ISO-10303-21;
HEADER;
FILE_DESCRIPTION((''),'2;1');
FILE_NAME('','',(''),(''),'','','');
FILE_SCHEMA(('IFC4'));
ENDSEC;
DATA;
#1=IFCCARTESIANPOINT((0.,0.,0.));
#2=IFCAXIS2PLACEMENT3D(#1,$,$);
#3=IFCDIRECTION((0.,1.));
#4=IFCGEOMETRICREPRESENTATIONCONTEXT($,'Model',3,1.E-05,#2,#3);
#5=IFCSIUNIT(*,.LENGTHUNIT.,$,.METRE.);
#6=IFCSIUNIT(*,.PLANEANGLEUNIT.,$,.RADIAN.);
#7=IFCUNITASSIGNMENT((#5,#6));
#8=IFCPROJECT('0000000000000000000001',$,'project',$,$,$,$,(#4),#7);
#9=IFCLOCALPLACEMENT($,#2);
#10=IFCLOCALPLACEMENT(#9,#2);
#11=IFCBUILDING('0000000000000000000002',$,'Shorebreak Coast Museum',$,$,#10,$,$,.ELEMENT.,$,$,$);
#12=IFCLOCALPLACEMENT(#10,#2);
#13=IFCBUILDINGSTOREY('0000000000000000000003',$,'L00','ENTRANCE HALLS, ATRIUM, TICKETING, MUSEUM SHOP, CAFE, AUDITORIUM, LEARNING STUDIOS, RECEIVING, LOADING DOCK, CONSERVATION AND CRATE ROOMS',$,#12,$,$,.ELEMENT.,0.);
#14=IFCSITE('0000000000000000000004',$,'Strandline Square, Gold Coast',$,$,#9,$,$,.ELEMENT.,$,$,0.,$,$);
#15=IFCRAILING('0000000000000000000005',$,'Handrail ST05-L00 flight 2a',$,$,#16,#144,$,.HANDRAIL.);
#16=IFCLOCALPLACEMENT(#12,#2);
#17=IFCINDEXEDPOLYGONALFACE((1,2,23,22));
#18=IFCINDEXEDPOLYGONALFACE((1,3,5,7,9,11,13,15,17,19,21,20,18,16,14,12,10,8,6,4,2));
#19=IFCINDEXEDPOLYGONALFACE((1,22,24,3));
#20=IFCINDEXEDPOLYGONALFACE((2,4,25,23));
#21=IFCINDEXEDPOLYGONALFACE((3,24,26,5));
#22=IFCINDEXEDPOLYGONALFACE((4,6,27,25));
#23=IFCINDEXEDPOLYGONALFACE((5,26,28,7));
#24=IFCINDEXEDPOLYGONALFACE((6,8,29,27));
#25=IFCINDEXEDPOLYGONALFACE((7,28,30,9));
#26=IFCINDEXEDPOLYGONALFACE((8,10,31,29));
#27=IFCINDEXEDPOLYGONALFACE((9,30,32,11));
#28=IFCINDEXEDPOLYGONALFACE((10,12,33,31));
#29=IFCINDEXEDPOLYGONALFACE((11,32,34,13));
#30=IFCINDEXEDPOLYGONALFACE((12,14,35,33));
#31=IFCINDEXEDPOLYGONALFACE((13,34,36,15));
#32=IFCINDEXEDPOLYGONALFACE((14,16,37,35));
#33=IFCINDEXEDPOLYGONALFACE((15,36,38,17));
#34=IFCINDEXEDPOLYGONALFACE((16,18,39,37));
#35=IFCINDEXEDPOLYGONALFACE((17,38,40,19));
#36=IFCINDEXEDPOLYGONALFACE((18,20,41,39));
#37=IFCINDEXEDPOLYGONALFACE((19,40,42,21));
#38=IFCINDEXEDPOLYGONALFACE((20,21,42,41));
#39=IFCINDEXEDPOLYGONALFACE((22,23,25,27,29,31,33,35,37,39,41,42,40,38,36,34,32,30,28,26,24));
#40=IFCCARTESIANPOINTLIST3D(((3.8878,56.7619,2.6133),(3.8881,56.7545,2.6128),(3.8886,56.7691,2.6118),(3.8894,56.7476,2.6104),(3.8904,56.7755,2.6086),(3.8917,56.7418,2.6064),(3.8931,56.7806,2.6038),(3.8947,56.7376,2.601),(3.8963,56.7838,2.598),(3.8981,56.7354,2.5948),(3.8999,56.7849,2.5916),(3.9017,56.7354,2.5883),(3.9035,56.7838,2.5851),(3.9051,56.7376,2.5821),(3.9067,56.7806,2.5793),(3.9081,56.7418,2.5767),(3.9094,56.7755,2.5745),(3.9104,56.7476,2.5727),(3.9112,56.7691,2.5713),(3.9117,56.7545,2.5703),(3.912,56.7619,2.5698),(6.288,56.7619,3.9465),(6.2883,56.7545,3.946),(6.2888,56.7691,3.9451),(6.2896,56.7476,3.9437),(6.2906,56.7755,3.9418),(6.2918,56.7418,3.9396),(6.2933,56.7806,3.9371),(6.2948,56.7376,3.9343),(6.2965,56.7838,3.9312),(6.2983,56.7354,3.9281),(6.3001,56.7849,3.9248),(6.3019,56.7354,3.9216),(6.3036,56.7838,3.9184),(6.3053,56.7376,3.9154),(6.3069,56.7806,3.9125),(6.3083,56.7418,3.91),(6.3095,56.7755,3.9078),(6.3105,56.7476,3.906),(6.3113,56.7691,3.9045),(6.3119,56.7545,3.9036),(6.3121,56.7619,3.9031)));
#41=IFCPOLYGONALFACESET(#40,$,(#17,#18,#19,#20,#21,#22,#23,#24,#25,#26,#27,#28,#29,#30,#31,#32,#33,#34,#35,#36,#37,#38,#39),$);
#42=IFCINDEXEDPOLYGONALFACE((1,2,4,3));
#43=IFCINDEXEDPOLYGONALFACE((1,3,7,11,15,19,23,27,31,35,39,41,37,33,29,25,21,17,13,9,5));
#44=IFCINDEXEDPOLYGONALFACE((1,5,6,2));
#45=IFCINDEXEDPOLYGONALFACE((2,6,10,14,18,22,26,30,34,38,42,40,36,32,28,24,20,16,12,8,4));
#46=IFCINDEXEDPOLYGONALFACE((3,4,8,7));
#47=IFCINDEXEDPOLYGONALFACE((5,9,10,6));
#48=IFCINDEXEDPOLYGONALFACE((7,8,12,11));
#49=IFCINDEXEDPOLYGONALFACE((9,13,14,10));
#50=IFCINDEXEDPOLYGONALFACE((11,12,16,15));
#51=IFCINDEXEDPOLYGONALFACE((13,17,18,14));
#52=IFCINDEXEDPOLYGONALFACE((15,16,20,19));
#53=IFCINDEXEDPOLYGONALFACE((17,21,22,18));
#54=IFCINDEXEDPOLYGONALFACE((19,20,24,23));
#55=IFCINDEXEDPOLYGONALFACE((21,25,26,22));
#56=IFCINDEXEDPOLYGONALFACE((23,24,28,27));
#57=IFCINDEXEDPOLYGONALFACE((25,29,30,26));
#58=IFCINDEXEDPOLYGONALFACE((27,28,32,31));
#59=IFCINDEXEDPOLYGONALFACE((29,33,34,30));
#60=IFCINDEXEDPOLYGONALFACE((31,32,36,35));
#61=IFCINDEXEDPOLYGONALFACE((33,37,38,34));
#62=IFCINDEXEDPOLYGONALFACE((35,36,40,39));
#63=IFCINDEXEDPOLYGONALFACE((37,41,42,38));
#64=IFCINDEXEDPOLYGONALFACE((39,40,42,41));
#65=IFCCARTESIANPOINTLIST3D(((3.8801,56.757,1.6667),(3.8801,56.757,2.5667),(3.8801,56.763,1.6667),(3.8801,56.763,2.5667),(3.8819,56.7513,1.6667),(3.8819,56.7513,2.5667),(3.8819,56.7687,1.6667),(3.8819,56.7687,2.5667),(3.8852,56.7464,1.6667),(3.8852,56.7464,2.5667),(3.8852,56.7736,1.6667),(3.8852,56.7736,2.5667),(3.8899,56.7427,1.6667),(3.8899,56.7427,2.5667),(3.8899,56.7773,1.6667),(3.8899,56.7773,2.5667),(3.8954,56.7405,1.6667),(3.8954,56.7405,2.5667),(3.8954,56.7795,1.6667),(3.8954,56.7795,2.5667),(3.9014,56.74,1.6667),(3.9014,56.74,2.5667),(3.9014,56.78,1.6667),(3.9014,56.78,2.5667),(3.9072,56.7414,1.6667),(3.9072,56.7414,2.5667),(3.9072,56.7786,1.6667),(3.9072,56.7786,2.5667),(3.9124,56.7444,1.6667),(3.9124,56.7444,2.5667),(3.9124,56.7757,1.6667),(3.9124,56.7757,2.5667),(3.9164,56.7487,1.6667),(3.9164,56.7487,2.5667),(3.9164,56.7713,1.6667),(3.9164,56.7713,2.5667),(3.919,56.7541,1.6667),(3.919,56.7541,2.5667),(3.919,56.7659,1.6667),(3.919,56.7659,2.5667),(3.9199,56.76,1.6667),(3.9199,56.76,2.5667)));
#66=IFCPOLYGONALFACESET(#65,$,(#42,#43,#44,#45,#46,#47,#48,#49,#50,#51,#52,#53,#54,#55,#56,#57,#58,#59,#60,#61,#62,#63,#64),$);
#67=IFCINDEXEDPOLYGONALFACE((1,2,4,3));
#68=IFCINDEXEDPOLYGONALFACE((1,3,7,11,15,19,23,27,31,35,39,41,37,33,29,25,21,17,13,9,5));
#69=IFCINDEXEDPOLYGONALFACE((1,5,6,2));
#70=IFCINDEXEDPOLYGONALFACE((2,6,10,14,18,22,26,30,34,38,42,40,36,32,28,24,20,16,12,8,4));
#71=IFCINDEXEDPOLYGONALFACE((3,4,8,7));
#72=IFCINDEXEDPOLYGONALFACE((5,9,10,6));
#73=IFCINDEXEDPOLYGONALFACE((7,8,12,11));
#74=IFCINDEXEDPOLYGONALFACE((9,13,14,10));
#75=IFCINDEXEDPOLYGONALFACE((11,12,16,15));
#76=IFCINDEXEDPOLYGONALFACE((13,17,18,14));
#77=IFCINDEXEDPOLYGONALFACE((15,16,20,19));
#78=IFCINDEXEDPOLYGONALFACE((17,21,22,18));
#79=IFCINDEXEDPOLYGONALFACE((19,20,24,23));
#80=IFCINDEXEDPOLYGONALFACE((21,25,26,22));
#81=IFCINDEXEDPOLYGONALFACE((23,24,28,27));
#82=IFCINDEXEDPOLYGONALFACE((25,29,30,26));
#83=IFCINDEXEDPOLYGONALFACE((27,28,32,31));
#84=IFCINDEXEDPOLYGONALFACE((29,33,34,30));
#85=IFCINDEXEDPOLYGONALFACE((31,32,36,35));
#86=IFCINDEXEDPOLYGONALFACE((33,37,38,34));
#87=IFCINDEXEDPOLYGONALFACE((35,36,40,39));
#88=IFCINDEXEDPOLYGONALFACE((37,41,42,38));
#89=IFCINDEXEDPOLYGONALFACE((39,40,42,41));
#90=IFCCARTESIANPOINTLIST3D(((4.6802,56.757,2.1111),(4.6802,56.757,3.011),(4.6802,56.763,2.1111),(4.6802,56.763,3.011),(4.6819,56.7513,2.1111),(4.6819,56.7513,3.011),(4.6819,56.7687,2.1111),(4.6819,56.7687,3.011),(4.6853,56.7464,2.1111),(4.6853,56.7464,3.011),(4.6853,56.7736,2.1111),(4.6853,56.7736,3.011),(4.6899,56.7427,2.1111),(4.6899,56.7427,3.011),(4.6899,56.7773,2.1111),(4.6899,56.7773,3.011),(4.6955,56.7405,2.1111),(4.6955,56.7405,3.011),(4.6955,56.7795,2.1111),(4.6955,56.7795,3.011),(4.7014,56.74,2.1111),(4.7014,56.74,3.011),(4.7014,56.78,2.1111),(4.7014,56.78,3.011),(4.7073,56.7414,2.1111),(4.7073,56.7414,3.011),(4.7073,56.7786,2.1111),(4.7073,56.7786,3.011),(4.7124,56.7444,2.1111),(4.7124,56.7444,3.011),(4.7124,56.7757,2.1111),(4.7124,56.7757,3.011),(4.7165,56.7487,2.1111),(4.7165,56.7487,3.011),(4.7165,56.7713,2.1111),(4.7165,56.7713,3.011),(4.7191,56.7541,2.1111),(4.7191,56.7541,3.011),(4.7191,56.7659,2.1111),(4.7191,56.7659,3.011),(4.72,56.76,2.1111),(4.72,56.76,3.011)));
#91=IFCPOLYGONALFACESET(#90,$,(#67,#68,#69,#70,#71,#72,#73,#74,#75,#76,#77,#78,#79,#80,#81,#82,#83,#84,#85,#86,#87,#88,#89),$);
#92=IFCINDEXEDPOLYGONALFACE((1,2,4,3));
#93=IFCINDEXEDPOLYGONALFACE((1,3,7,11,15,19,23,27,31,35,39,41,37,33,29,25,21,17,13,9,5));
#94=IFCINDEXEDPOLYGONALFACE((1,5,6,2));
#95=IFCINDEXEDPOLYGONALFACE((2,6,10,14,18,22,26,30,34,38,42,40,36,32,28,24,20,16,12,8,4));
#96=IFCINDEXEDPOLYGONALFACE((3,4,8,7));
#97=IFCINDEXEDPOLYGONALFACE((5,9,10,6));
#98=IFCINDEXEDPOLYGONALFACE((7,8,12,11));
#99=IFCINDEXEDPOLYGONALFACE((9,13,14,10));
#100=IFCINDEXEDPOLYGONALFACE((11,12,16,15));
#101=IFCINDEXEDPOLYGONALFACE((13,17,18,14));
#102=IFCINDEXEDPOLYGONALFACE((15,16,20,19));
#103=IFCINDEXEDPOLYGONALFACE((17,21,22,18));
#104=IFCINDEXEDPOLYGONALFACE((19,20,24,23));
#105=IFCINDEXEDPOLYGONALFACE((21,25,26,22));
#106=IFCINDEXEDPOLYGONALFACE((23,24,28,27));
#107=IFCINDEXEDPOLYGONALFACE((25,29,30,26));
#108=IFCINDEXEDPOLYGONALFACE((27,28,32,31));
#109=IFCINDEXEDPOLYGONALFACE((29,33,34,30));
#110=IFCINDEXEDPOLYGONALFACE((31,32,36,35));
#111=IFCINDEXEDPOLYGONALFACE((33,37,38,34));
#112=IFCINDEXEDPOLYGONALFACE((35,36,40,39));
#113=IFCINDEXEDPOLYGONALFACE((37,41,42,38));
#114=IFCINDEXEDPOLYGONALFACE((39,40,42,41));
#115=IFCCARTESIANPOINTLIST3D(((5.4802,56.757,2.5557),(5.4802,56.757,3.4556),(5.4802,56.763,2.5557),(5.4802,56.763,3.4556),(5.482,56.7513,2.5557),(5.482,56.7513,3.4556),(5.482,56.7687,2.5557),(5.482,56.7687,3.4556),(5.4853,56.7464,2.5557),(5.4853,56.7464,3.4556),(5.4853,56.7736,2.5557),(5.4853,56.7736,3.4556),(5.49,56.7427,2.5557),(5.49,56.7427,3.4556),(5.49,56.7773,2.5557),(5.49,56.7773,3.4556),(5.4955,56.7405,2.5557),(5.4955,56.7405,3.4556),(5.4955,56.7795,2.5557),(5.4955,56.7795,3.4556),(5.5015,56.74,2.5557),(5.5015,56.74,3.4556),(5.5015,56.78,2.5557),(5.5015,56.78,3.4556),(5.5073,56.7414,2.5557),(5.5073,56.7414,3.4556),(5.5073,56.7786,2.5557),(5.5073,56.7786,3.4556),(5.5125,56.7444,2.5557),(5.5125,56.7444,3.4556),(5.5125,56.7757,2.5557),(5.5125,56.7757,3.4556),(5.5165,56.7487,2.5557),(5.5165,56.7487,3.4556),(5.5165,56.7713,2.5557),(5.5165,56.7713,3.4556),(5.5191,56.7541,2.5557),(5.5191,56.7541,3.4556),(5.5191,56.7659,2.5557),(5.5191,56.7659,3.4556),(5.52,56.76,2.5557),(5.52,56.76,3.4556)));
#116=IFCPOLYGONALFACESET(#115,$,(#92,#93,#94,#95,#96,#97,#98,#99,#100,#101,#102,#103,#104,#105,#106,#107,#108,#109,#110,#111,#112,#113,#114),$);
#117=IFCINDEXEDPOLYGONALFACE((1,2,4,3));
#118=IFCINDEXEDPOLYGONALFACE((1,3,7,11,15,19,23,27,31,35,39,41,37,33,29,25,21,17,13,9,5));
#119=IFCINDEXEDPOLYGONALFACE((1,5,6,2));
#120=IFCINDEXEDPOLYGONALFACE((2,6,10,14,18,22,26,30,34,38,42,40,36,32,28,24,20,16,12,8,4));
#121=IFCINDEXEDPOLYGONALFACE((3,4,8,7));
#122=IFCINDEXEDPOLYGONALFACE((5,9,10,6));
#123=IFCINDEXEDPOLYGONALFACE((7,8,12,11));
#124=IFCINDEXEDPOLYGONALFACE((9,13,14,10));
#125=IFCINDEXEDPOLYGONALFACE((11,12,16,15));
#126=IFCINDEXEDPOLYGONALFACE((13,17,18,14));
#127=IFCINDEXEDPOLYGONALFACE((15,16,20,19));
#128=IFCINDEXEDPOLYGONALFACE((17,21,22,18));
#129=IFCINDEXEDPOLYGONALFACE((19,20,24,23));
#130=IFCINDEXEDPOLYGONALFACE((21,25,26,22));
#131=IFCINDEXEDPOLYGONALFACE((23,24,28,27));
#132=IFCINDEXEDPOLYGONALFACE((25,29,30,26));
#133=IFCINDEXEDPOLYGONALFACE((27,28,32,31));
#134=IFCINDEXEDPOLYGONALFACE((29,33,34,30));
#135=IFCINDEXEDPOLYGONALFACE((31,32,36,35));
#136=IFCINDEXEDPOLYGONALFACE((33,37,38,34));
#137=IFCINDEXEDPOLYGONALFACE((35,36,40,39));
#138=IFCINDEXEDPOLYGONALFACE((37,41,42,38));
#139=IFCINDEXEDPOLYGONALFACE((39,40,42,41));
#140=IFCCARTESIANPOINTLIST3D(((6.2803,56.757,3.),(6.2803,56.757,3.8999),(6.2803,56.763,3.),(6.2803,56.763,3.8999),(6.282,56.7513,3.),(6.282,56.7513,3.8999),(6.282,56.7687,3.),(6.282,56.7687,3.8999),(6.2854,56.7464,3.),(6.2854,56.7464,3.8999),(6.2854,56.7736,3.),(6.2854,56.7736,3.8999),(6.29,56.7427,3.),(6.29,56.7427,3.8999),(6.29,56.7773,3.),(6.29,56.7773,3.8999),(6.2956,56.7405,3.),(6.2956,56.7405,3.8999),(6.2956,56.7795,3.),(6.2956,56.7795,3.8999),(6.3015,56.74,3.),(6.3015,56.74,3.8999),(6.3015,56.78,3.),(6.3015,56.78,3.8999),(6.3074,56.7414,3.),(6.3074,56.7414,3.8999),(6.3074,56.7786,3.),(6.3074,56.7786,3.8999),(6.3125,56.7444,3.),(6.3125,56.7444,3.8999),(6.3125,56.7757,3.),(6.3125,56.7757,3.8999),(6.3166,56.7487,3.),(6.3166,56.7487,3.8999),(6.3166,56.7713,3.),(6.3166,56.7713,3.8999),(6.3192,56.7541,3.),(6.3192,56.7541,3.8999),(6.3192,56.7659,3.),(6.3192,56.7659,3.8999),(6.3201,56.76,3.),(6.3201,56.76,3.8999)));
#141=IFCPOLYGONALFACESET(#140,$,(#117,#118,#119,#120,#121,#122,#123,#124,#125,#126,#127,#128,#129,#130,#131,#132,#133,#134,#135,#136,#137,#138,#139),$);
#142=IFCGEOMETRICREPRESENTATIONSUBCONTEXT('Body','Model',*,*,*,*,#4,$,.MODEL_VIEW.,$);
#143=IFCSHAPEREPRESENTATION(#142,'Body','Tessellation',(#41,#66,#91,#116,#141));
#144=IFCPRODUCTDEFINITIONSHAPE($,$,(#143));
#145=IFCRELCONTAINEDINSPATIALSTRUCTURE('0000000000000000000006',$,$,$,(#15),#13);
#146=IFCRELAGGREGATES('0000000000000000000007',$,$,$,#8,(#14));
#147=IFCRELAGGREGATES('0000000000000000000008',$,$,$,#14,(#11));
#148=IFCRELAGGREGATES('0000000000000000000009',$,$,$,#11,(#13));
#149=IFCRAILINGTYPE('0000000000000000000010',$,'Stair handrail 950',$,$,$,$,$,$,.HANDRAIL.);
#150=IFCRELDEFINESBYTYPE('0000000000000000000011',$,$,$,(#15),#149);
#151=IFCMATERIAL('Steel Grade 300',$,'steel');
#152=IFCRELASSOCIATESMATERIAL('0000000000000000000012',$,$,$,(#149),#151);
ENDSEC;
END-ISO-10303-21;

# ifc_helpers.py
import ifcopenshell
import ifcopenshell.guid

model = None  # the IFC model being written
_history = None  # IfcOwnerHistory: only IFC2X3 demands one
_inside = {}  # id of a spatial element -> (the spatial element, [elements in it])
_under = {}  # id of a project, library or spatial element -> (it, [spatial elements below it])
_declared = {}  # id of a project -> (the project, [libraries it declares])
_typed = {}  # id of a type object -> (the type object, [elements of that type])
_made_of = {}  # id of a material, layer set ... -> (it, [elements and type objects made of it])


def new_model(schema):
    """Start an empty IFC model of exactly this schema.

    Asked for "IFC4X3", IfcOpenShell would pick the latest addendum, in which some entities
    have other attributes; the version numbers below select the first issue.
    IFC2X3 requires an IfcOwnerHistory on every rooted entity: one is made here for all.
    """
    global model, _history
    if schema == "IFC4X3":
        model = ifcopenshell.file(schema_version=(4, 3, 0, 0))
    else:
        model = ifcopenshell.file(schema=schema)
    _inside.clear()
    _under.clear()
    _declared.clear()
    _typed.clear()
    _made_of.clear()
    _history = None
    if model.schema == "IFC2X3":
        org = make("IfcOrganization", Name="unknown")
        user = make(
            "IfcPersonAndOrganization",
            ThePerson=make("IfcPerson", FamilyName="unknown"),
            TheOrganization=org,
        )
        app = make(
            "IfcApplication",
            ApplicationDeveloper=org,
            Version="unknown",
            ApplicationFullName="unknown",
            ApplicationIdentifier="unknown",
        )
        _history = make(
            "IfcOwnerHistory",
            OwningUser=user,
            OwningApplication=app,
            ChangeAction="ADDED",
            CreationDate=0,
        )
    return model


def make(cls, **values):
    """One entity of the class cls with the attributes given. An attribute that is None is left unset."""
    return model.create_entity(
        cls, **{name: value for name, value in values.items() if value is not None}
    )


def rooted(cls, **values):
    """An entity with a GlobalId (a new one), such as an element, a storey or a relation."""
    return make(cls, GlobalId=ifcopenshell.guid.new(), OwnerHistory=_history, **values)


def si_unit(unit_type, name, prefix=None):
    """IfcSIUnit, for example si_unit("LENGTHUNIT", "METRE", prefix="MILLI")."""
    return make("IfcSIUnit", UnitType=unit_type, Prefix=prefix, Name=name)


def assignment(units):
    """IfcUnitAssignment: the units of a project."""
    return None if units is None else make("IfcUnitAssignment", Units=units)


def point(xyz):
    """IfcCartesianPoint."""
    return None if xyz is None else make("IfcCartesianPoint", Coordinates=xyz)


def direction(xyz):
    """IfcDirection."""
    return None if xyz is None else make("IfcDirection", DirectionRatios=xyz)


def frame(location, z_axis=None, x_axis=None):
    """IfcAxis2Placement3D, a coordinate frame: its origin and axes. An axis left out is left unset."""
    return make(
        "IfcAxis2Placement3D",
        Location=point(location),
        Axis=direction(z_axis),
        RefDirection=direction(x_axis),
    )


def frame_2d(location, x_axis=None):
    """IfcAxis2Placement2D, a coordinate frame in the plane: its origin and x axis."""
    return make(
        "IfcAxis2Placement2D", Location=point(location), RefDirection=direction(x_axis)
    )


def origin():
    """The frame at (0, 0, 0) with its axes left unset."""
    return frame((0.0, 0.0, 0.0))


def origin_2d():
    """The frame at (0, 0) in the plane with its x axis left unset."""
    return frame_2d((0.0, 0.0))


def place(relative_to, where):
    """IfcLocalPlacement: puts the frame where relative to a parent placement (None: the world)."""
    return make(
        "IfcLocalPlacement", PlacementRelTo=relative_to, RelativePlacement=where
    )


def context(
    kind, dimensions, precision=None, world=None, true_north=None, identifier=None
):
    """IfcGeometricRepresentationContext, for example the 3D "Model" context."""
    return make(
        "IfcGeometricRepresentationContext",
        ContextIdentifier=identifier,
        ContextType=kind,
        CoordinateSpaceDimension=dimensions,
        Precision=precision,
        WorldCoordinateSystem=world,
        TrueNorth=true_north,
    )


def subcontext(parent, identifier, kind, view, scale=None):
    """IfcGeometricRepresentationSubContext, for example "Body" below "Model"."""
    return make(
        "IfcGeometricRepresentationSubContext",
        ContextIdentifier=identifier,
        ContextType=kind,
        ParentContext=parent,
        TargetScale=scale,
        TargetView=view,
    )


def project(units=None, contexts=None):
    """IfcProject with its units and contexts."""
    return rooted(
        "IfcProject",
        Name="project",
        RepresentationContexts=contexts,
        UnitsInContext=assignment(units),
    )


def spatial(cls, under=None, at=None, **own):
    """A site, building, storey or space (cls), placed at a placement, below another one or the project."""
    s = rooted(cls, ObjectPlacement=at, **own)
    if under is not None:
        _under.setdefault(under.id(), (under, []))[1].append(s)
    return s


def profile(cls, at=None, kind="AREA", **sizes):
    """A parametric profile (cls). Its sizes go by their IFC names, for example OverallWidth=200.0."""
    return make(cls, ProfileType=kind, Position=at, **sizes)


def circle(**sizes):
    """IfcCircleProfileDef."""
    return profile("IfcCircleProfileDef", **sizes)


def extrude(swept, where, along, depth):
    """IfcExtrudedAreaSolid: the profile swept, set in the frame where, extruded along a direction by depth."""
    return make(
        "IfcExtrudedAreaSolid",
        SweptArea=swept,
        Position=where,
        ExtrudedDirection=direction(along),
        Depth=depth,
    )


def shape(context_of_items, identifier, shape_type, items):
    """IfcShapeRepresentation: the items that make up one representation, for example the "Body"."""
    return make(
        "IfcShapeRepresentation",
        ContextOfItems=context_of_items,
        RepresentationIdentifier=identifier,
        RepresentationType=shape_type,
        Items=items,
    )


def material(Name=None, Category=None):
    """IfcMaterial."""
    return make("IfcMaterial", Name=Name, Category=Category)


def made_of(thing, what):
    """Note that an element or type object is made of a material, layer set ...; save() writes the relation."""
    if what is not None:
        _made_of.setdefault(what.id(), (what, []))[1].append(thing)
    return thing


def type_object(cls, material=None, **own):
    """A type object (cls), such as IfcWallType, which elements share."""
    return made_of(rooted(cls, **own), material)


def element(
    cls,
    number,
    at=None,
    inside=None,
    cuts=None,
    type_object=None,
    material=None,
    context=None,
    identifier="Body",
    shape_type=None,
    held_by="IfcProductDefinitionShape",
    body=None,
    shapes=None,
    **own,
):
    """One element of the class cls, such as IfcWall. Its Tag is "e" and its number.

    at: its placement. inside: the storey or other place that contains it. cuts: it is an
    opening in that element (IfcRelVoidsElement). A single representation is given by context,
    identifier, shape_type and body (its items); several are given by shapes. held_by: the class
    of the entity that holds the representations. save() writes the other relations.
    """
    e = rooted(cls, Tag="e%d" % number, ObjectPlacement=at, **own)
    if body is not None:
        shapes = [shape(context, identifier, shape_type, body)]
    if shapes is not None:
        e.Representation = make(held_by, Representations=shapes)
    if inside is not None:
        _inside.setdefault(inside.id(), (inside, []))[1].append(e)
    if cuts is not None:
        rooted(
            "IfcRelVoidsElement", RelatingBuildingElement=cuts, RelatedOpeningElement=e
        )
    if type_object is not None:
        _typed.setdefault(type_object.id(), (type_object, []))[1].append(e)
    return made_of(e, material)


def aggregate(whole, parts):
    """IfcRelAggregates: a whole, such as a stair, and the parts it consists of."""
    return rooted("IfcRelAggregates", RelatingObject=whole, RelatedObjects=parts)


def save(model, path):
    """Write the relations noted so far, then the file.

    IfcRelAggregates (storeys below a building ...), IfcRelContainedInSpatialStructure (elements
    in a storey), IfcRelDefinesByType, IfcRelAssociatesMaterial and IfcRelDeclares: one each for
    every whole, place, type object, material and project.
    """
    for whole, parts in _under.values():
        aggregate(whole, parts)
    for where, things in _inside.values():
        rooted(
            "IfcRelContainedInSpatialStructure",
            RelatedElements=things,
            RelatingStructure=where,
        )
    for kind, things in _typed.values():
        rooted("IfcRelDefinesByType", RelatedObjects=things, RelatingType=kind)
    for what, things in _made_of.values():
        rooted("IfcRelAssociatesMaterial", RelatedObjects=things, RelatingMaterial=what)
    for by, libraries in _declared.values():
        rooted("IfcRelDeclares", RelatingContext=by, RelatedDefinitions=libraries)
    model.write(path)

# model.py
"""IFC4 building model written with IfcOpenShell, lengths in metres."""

from ifc_helpers import new_model, si_unit, direction, frame, origin, origin_2d, place, context, subcontext, project, spatial, circle, extrude, material, type_object, element, save


model = new_model("IFC4")

# Units and contexts
model_context = context("Model", 3, precision=1e-05, world=origin(), true_north=direction((0.0, 1.0)))
body_context = subcontext(model_context, "Body", "Model", "MODEL_VIEW")
ifc_project = project(units=[si_unit("LENGTHUNIT", "METRE"), si_unit("PLANEANGLEUNIT", "RADIAN")], contexts=[model_context])

# Site, building, storey
site_placement = place(None, origin())
site = spatial("IfcSite", under=ifc_project, at=site_placement, Name="Strandline Square, Gold Coast", CompositionType="ELEMENT", RefElevation=0.0)
building_placement = place(site_placement, origin())
building = spatial("IfcBuilding", under=site, at=building_placement, Name="Shorebreak Coast Museum", CompositionType="ELEMENT")
storey_placement = place(building_placement, origin())
storey = spatial("IfcBuildingStorey", under=building, at=storey_placement, Name="L00", Description="ENTRANCE HALLS, ATRIUM, TICKETING, MUSEUM SHOP, CAFE, AUDITORIUM, LEARNING STUDIOS, RECEIVING, LOADING DOCK, CONSERVATION AND CRATE ROOMS", CompositionType="ELEMENT", Elevation=0.0)

# Railing
ifc_material_1 = material(Name="Steel Grade 300", Category="steel")
railing_type_1 = type_object("IfcRailingType", Name="Stair handrail 950", PredefinedType="HANDRAIL", material=ifc_material_1)
for number, where, name in (
    (1, (3.8999, 56.76, 1.6667), "Handrail ST05-L00 flight 2a"),
):
    element("IfcRailing", number, at=place(storey_placement, frame(where)), inside=storey, type_object=railing_type_1, Name=name, PredefinedType="HANDRAIL", context=body_context, shape_type="SweptSolid", body=[
        extrude(circle(Radius=0.0249, at=origin_2d()), frame((0.0, 0.0, 0.9248), z_axis=(0.874182, 0.0, 0.485598), x_axis=(0.0, 1.0, 0.0)), (0.0, 0.0, 1.0), 2.7456),
        extrude(circle(Radius=0.02, at=origin_2d()), origin(), (0.0, 0.0, 1.0), 0.8999),
        extrude(circle(Radius=0.02, at=origin_2d()), frame((0.8, 0.0, 0.4443)), (0.0, 0.0, 1.0), 0.8999),
        extrude(circle(Radius=0.02, at=origin_2d()), frame((1.6001, 0.0, 0.8889)), (0.0, 0.0, 1.0), 0.8999),
        extrude(circle(Radius=0.02, at=origin_2d()), frame((2.4001, 0.0, 1.3333)), (0.0, 0.0, 1.0), 0.8999),
    ])

save(model, "model.ifc")
